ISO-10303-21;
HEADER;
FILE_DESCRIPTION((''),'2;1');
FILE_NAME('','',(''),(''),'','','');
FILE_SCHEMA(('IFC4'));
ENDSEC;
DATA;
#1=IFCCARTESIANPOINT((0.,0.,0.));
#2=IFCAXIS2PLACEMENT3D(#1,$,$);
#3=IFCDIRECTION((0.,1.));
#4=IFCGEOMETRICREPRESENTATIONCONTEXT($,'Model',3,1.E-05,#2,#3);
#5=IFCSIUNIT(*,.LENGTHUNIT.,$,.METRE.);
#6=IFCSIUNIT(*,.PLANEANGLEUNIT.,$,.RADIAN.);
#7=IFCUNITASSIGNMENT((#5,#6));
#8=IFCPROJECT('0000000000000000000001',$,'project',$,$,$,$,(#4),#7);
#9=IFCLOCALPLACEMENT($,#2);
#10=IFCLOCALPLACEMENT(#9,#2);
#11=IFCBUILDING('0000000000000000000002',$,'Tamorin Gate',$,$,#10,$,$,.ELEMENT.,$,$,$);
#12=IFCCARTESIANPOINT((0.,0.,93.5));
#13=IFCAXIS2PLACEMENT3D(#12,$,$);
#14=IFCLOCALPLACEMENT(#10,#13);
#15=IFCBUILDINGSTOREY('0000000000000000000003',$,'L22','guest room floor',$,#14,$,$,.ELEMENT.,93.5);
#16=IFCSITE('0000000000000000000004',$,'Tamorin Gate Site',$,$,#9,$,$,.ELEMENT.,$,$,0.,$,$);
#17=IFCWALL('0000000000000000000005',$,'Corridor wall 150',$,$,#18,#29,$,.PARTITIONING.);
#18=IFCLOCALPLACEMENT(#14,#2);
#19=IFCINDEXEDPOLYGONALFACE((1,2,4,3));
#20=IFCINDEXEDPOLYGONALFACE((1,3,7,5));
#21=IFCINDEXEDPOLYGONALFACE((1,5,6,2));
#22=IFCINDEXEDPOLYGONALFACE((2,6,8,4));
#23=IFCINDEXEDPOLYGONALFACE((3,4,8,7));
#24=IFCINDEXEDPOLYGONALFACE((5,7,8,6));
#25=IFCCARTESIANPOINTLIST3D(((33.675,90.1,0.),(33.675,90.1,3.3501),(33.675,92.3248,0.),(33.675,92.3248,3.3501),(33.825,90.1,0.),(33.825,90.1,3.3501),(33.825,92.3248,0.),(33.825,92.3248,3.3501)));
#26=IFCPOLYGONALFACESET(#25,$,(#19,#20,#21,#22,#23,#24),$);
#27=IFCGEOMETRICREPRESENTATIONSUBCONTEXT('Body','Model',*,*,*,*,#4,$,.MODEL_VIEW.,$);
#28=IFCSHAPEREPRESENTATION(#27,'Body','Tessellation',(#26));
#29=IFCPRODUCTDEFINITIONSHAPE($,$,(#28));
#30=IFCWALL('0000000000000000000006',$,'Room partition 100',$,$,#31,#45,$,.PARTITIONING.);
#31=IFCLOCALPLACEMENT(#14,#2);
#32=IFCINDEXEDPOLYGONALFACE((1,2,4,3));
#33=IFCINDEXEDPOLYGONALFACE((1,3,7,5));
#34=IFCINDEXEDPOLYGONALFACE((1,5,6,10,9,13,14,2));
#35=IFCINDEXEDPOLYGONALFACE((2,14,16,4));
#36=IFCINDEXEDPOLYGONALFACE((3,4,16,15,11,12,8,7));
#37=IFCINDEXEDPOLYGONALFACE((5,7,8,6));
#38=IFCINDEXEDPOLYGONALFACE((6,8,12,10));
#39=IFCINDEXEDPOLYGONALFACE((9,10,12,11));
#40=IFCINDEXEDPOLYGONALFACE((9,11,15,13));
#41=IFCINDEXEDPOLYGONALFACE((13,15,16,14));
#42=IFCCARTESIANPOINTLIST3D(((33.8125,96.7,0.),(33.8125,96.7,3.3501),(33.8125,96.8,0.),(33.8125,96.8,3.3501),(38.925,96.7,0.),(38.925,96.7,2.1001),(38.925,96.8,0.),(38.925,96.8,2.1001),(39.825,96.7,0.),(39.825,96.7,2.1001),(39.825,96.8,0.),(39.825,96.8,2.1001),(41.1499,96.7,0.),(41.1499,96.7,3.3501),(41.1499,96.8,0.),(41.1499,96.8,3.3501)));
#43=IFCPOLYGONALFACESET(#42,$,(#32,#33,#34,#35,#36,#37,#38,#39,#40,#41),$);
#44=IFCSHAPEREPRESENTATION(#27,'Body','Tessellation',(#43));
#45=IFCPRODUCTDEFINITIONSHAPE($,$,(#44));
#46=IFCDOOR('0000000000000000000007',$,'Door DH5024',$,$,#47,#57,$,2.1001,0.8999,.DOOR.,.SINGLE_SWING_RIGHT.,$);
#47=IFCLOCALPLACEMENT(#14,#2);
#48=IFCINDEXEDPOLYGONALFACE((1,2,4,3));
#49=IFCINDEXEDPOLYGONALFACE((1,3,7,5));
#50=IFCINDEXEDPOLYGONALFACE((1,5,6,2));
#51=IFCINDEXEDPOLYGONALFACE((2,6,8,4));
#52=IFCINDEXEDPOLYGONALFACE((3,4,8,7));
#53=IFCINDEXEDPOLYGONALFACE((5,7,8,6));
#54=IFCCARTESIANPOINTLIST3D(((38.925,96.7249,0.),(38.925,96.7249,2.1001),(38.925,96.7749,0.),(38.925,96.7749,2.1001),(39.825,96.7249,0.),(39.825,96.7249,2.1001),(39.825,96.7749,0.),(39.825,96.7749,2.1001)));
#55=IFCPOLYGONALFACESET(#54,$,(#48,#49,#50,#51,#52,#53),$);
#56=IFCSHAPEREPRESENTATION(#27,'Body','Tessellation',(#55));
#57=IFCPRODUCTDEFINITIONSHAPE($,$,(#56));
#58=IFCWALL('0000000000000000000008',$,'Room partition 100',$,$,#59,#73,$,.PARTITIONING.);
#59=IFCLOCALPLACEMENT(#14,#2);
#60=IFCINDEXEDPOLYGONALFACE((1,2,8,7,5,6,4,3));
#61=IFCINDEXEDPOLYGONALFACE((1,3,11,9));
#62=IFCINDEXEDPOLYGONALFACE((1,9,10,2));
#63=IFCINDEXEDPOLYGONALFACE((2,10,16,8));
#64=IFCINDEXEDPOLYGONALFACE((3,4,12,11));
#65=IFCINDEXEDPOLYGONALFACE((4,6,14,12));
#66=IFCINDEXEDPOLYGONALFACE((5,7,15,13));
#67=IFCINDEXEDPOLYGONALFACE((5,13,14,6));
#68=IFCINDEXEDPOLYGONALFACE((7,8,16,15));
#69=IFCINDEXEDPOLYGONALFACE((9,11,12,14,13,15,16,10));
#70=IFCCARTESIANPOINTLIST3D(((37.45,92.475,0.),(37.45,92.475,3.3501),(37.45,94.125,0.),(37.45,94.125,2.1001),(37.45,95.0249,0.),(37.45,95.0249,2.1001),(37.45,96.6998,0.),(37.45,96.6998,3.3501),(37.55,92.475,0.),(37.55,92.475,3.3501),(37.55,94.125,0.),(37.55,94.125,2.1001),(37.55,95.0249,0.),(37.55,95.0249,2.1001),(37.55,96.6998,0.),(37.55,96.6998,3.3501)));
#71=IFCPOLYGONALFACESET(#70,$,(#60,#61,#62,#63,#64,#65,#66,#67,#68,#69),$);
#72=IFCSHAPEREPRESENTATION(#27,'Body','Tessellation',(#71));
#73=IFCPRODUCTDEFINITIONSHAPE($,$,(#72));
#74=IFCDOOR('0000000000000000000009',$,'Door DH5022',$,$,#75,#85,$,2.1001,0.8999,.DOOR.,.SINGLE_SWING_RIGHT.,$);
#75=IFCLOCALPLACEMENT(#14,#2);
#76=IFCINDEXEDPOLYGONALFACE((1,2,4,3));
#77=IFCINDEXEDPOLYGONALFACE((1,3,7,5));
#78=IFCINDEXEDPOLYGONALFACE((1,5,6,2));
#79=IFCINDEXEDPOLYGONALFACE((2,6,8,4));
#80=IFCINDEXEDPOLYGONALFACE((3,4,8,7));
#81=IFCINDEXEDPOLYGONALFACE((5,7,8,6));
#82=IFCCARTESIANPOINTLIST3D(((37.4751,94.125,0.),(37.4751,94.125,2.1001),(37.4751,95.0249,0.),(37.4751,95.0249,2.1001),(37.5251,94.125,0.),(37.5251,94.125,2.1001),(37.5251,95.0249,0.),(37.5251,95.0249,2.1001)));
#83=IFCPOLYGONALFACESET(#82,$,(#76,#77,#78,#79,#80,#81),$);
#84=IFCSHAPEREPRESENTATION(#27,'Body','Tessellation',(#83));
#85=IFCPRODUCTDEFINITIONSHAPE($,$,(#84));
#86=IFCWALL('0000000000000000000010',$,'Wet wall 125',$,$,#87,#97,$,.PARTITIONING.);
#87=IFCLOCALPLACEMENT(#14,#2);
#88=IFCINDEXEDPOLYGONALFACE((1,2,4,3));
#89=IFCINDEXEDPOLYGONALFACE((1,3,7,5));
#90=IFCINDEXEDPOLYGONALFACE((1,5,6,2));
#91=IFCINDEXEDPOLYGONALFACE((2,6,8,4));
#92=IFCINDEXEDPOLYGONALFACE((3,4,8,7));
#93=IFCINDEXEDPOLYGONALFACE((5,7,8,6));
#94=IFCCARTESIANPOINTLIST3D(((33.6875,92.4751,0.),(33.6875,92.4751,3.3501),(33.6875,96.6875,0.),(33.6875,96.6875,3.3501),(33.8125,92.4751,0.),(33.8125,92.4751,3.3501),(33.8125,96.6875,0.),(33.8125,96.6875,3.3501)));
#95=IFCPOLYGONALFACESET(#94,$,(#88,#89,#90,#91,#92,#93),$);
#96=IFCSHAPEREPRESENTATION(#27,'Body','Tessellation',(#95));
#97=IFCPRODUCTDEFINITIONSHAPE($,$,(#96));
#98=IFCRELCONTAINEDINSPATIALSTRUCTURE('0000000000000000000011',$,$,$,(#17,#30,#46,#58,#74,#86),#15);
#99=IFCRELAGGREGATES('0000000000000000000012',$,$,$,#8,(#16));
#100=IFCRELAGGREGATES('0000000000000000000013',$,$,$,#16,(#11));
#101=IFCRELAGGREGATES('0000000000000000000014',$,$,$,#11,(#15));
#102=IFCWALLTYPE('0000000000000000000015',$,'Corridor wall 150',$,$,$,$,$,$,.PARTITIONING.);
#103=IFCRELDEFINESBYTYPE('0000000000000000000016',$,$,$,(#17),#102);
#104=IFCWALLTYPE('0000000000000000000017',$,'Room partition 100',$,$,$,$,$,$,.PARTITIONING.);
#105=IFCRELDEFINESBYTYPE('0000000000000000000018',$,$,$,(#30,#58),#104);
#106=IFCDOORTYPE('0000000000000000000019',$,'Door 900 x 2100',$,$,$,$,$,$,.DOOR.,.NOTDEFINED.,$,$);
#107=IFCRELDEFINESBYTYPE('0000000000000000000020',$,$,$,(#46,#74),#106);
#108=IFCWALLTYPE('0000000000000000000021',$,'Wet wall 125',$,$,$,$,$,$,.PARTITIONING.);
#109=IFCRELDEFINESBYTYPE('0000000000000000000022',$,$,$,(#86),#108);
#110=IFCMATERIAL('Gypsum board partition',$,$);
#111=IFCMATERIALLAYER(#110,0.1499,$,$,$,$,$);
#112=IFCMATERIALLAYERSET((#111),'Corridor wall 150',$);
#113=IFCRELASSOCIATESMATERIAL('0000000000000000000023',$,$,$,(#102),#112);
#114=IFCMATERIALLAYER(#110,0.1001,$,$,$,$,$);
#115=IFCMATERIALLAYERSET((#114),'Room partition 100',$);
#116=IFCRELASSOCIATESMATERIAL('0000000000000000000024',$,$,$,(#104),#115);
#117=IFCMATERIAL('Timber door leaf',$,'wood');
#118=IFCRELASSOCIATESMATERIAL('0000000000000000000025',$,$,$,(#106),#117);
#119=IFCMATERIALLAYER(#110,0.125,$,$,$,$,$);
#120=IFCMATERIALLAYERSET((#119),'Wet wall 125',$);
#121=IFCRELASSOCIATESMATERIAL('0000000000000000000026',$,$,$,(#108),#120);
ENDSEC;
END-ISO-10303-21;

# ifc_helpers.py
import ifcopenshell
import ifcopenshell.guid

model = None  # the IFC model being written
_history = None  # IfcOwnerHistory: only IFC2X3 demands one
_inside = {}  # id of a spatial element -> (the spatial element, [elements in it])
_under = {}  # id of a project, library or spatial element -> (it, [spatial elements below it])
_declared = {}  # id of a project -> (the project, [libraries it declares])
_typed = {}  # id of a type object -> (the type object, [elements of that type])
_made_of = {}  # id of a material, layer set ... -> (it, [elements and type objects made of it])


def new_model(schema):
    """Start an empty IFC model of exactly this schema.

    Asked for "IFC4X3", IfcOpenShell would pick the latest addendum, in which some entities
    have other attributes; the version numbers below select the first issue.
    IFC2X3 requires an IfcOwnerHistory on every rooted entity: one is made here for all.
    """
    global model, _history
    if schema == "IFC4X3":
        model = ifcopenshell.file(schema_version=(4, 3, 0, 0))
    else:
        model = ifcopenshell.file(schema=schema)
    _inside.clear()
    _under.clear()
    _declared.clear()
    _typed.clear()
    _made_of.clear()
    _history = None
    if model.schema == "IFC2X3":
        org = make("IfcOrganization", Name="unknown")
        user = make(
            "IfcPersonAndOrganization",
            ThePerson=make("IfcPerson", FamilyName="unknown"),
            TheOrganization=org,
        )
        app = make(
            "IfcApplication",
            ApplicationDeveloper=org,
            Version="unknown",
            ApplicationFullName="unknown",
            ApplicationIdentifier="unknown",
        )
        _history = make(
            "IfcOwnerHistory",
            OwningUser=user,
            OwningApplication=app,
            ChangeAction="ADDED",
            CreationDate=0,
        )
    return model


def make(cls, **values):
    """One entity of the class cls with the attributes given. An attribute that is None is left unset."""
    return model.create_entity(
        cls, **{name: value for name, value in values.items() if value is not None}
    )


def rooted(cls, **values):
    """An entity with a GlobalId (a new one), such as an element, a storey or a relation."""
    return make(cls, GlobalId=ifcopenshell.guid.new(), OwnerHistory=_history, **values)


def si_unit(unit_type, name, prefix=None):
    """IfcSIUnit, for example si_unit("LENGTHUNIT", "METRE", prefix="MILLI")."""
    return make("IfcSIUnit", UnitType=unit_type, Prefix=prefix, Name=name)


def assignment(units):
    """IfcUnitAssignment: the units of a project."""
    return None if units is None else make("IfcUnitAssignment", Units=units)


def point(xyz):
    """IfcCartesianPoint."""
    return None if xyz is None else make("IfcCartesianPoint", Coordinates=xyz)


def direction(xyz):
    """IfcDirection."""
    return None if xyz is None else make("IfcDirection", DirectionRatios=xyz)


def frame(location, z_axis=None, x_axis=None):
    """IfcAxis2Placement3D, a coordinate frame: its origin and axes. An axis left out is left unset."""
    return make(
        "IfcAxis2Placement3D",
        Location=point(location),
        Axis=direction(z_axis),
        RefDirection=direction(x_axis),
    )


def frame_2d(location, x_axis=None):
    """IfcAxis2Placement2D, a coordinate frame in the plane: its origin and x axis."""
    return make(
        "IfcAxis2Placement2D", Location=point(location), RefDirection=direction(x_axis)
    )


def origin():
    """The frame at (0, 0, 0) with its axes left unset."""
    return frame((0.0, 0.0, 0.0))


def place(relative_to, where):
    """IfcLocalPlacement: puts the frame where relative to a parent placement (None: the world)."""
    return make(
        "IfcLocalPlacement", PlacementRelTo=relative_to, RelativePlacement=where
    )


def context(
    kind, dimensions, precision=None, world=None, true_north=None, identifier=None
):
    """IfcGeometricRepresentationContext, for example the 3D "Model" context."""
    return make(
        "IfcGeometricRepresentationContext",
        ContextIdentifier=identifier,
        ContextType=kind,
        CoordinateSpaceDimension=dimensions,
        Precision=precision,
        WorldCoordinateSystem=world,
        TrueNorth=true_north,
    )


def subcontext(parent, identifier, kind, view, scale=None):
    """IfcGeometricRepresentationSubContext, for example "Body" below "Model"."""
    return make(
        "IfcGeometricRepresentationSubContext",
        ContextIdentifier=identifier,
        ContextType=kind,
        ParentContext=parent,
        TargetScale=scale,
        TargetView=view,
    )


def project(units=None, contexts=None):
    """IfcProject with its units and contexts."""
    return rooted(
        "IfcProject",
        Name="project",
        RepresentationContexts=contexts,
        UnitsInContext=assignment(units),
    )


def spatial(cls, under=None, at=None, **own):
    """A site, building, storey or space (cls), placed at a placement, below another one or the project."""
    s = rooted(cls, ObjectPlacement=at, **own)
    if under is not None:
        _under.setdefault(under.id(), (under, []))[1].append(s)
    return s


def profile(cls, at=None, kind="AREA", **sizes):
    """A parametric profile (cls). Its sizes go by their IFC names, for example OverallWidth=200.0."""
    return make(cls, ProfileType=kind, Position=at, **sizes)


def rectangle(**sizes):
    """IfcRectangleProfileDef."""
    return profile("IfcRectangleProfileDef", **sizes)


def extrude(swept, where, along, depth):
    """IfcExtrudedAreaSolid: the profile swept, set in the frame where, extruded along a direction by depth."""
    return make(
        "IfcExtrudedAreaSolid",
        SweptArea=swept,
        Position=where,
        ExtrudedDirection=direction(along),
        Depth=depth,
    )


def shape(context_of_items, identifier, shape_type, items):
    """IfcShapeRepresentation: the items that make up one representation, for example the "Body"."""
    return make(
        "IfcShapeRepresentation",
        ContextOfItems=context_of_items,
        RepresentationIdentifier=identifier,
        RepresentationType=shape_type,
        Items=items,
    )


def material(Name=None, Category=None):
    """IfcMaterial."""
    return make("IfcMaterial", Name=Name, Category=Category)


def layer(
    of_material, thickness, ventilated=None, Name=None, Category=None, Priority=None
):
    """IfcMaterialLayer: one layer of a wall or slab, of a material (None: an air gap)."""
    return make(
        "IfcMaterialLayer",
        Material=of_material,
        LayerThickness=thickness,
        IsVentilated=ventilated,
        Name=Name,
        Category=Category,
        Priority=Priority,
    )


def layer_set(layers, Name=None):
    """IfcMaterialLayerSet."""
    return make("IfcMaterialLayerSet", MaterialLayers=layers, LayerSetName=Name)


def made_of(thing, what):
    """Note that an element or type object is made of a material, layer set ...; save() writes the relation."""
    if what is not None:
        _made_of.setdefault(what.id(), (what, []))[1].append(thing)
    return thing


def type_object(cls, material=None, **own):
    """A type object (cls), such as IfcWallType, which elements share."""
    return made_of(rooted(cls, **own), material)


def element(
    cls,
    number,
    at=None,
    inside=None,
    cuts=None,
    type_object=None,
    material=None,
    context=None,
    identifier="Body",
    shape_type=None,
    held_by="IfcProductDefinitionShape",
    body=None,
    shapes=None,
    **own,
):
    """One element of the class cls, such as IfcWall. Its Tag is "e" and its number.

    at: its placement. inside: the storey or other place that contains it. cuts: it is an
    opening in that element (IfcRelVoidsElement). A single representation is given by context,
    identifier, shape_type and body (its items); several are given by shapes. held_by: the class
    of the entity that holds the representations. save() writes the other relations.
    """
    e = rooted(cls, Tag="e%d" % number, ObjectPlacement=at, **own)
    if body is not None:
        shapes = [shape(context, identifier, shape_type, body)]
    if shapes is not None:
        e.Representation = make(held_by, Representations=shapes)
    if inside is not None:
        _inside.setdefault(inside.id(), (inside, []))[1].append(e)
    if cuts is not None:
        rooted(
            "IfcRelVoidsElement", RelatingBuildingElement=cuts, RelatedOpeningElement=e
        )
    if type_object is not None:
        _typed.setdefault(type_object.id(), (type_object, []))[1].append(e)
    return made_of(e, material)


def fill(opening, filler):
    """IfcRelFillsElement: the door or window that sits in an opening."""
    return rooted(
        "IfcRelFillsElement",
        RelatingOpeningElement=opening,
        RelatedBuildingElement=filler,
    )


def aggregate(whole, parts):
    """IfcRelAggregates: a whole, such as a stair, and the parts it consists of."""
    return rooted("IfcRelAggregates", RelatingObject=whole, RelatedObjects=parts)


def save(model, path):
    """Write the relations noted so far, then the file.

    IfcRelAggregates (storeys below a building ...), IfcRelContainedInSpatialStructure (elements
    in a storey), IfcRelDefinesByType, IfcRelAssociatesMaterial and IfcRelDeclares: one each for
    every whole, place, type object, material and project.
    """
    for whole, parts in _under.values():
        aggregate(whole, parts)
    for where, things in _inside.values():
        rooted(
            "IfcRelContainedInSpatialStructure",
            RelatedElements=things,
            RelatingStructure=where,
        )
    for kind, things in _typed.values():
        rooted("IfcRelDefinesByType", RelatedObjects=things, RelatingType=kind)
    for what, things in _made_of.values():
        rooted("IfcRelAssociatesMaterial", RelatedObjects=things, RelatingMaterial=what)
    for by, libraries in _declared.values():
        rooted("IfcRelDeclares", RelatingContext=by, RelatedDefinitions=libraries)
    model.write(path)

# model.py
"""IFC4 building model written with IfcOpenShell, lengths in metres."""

from ifc_helpers import new_model, si_unit, direction, frame, frame_2d, origin, place, context, subcontext, project, spatial, rectangle, extrude, material, layer, layer_set, type_object, element, fill, save


model = new_model("IFC4")

# Units and contexts
model_context = context("Model", 3, precision=1e-05, world=origin(), true_north=direction((0.0, 1.0)))
body_context = subcontext(model_context, "Body", "Model", "MODEL_VIEW")
ifc_project = project(units=[si_unit("LENGTHUNIT", "METRE"), si_unit("PLANEANGLEUNIT", "RADIAN")], contexts=[model_context])

# Site, building, storey
site_placement = place(None, origin())
site = spatial("IfcSite", under=ifc_project, at=site_placement, Name="Tamorin Gate Site", CompositionType="ELEMENT", RefElevation=0.0)
building_placement = place(site_placement, origin())
building = spatial("IfcBuilding", under=site, at=building_placement, Name="Tamorin Gate", CompositionType="ELEMENT")
storey_placement = place(building_placement, frame((0.0, 0.0, 93.5)))
storey = spatial("IfcBuildingStorey", under=building, at=storey_placement, Name="L22", Description="guest room floor", CompositionType="ELEMENT", Elevation=93.5)

# Shared definitions
ifc_material_1 = material(Name="Gypsum board partition")
ifc_layer_1 = layer(ifc_material_1, 0.1499)
ifc_layer_set_1 = layer_set([ifc_layer_1], Name="Corridor wall 150")
wall_type_1 = type_object("IfcWallType", Name="Corridor wall 150", PredefinedType="PARTITIONING", material=ifc_layer_set_1)
ifc_material_2 = material(Name="Timber door leaf", Category="wood")

# Wall
wall_1_placement = place(storey_placement, frame((33.75, 90.1001, 0.0), z_axis=(0.0, 0.0, 1.0), x_axis=(0.0, 1.0, 0.0)))
element("IfcWall", 1, at=wall_1_placement, inside=storey, type_object=wall_type_1, Name="Corridor wall 150", PredefinedType="PARTITIONING", context=body_context, shape_type="SweptSolid", body=[
    extrude(rectangle(XDim=2.2249, YDim=0.1499, at=frame_2d((1.1123, 0.0))), origin(), (0.0, 0.0, 1.0), 3.3501),
])

# Walls, openings, doors
ifc_layer_2 = layer(ifc_material_1, 0.1001)
ifc_layer_set_2 = layer_set([ifc_layer_2], Name="Room partition 100")
wall_type_2 = type_object("IfcWallType", Name="Room partition 100", PredefinedType="PARTITIONING", material=ifc_layer_set_2)
wall_2_placement = place(storey_placement, frame((33.8125, 96.75, 0.0), z_axis=(0.0, 0.0, 1.0), x_axis=(1.0, 0.0, 0.0)))
wall_2 = element("IfcWall", 2, at=wall_2_placement, inside=storey, type_object=wall_type_2, Name="Room partition 100", PredefinedType="PARTITIONING", context=body_context, shape_type="SweptSolid", body=[
    extrude(rectangle(XDim=7.3374, YDim=0.1001, at=frame_2d((3.6687, 0.0))), origin(), (0.0, 0.0, 1.0), 3.3501),
])
opening_1_placement = place(wall_2_placement, frame((5.1125, 0.0, 0.0)))
opening_1 = element("IfcOpeningElement", 3, at=opening_1_placement, cuts=wall_2, PredefinedType="OPENING", context=body_context, shape_type="SweptSolid", body=[
    extrude(rectangle(XDim=0.8999, YDim=2.1001, at=frame_2d((0.45, 1.05))), frame((0.0, 0.0601, 0.0), z_axis=(0.0, -1.0, 0.0), x_axis=(1.0, 0.0, 0.0)), (0.0, 0.0, 1.0), 0.1201),
])
door_type_1 = type_object("IfcDoorType", Name="Door 900 x 2100", OperationType="NOTDEFINED", PredefinedType="DOOR", material=ifc_material_2)
door_1_placement = place(opening_1_placement, origin())
door_1 = element("IfcDoor", 4, at=door_1_placement, inside=storey, type_object=door_type_1, Name="Door DH5024", OperationType="SINGLE_SWING_RIGHT", OverallHeight=2.1001, OverallWidth=0.8999, PredefinedType="DOOR", context=body_context, shape_type="SweptSolid", body=[
    extrude(rectangle(XDim=0.8999, YDim=2.1001, at=frame_2d((0.45, 1.05))), frame((0.0, 0.0249, 0.0), z_axis=(0.0, -1.0, 0.0), x_axis=(1.0, 0.0, 0.0)), (0.0, 0.0, 1.0), 0.05),
])
fill(opening_1, door_1)
wall_3_placement = place(storey_placement, frame((37.5, 92.4751, 0.0), z_axis=(0.0, 0.0, 1.0), x_axis=(0.0, 1.0, 0.0)))
wall_3 = element("IfcWall", 5, at=wall_3_placement, inside=storey, type_object=wall_type_2, Name="Room partition 100", PredefinedType="PARTITIONING", context=body_context, shape_type="SweptSolid", body=[
    extrude(rectangle(XDim=4.2249, YDim=0.1001, at=frame_2d((2.1123, 0.0))), origin(), (0.0, 0.0, 1.0), 3.3501),
])
opening_2_placement = place(wall_3_placement, frame((1.6499, 0.0, 0.0)))
opening_2 = element("IfcOpeningElement", 6, at=opening_2_placement, cuts=wall_3, PredefinedType="OPENING", context=body_context, shape_type="SweptSolid", body=[
    extrude(rectangle(XDim=0.8999, YDim=2.1001, at=frame_2d((0.45, 1.05))), frame((0.0, 0.0601, 0.0), z_axis=(0.0, -1.0, 0.0), x_axis=(1.0, 0.0, 0.0)), (0.0, 0.0, 1.0), 0.1201),
])
door_2_placement = place(opening_2_placement, origin())
door_2 = element("IfcDoor", 7, at=door_2_placement, inside=storey, type_object=door_type_1, Name="Door DH5022", OperationType="SINGLE_SWING_RIGHT", OverallHeight=2.1001, OverallWidth=0.8999, PredefinedType="DOOR", context=body_context, shape_type="SweptSolid", body=[
    extrude(rectangle(XDim=0.8999, YDim=2.1001, at=frame_2d((0.45, 1.05))), frame((0.0, 0.0249, 0.0), z_axis=(0.0, -1.0, 0.0), x_axis=(1.0, 0.0, 0.0)), (0.0, 0.0, 1.0), 0.05),
])
fill(opening_2, door_2)

# Wall
ifc_layer_3 = layer(ifc_material_1, 0.125)
ifc_layer_set_3 = layer_set([ifc_layer_3], Name="Wet wall 125")
wall_type_3 = type_object("IfcWallType", Name="Wet wall 125", PredefinedType="PARTITIONING", material=ifc_layer_set_3)
wall_4_placement = place(storey_placement, frame((33.75, 92.4751, 0.0), z_axis=(0.0, 0.0, 1.0), x_axis=(0.0, 1.0, 0.0)))
element("IfcWall", 8, at=wall_4_placement, inside=storey, type_object=wall_type_3, Name="Wet wall 125", PredefinedType="PARTITIONING", context=body_context, shape_type="SweptSolid", body=[
    extrude(rectangle(XDim=4.2124, YDim=0.125, at=frame_2d((2.1062, 0.0))), origin(), (0.0, 0.0, 1.0), 3.3501),
])

save(model, "model.ifc")
